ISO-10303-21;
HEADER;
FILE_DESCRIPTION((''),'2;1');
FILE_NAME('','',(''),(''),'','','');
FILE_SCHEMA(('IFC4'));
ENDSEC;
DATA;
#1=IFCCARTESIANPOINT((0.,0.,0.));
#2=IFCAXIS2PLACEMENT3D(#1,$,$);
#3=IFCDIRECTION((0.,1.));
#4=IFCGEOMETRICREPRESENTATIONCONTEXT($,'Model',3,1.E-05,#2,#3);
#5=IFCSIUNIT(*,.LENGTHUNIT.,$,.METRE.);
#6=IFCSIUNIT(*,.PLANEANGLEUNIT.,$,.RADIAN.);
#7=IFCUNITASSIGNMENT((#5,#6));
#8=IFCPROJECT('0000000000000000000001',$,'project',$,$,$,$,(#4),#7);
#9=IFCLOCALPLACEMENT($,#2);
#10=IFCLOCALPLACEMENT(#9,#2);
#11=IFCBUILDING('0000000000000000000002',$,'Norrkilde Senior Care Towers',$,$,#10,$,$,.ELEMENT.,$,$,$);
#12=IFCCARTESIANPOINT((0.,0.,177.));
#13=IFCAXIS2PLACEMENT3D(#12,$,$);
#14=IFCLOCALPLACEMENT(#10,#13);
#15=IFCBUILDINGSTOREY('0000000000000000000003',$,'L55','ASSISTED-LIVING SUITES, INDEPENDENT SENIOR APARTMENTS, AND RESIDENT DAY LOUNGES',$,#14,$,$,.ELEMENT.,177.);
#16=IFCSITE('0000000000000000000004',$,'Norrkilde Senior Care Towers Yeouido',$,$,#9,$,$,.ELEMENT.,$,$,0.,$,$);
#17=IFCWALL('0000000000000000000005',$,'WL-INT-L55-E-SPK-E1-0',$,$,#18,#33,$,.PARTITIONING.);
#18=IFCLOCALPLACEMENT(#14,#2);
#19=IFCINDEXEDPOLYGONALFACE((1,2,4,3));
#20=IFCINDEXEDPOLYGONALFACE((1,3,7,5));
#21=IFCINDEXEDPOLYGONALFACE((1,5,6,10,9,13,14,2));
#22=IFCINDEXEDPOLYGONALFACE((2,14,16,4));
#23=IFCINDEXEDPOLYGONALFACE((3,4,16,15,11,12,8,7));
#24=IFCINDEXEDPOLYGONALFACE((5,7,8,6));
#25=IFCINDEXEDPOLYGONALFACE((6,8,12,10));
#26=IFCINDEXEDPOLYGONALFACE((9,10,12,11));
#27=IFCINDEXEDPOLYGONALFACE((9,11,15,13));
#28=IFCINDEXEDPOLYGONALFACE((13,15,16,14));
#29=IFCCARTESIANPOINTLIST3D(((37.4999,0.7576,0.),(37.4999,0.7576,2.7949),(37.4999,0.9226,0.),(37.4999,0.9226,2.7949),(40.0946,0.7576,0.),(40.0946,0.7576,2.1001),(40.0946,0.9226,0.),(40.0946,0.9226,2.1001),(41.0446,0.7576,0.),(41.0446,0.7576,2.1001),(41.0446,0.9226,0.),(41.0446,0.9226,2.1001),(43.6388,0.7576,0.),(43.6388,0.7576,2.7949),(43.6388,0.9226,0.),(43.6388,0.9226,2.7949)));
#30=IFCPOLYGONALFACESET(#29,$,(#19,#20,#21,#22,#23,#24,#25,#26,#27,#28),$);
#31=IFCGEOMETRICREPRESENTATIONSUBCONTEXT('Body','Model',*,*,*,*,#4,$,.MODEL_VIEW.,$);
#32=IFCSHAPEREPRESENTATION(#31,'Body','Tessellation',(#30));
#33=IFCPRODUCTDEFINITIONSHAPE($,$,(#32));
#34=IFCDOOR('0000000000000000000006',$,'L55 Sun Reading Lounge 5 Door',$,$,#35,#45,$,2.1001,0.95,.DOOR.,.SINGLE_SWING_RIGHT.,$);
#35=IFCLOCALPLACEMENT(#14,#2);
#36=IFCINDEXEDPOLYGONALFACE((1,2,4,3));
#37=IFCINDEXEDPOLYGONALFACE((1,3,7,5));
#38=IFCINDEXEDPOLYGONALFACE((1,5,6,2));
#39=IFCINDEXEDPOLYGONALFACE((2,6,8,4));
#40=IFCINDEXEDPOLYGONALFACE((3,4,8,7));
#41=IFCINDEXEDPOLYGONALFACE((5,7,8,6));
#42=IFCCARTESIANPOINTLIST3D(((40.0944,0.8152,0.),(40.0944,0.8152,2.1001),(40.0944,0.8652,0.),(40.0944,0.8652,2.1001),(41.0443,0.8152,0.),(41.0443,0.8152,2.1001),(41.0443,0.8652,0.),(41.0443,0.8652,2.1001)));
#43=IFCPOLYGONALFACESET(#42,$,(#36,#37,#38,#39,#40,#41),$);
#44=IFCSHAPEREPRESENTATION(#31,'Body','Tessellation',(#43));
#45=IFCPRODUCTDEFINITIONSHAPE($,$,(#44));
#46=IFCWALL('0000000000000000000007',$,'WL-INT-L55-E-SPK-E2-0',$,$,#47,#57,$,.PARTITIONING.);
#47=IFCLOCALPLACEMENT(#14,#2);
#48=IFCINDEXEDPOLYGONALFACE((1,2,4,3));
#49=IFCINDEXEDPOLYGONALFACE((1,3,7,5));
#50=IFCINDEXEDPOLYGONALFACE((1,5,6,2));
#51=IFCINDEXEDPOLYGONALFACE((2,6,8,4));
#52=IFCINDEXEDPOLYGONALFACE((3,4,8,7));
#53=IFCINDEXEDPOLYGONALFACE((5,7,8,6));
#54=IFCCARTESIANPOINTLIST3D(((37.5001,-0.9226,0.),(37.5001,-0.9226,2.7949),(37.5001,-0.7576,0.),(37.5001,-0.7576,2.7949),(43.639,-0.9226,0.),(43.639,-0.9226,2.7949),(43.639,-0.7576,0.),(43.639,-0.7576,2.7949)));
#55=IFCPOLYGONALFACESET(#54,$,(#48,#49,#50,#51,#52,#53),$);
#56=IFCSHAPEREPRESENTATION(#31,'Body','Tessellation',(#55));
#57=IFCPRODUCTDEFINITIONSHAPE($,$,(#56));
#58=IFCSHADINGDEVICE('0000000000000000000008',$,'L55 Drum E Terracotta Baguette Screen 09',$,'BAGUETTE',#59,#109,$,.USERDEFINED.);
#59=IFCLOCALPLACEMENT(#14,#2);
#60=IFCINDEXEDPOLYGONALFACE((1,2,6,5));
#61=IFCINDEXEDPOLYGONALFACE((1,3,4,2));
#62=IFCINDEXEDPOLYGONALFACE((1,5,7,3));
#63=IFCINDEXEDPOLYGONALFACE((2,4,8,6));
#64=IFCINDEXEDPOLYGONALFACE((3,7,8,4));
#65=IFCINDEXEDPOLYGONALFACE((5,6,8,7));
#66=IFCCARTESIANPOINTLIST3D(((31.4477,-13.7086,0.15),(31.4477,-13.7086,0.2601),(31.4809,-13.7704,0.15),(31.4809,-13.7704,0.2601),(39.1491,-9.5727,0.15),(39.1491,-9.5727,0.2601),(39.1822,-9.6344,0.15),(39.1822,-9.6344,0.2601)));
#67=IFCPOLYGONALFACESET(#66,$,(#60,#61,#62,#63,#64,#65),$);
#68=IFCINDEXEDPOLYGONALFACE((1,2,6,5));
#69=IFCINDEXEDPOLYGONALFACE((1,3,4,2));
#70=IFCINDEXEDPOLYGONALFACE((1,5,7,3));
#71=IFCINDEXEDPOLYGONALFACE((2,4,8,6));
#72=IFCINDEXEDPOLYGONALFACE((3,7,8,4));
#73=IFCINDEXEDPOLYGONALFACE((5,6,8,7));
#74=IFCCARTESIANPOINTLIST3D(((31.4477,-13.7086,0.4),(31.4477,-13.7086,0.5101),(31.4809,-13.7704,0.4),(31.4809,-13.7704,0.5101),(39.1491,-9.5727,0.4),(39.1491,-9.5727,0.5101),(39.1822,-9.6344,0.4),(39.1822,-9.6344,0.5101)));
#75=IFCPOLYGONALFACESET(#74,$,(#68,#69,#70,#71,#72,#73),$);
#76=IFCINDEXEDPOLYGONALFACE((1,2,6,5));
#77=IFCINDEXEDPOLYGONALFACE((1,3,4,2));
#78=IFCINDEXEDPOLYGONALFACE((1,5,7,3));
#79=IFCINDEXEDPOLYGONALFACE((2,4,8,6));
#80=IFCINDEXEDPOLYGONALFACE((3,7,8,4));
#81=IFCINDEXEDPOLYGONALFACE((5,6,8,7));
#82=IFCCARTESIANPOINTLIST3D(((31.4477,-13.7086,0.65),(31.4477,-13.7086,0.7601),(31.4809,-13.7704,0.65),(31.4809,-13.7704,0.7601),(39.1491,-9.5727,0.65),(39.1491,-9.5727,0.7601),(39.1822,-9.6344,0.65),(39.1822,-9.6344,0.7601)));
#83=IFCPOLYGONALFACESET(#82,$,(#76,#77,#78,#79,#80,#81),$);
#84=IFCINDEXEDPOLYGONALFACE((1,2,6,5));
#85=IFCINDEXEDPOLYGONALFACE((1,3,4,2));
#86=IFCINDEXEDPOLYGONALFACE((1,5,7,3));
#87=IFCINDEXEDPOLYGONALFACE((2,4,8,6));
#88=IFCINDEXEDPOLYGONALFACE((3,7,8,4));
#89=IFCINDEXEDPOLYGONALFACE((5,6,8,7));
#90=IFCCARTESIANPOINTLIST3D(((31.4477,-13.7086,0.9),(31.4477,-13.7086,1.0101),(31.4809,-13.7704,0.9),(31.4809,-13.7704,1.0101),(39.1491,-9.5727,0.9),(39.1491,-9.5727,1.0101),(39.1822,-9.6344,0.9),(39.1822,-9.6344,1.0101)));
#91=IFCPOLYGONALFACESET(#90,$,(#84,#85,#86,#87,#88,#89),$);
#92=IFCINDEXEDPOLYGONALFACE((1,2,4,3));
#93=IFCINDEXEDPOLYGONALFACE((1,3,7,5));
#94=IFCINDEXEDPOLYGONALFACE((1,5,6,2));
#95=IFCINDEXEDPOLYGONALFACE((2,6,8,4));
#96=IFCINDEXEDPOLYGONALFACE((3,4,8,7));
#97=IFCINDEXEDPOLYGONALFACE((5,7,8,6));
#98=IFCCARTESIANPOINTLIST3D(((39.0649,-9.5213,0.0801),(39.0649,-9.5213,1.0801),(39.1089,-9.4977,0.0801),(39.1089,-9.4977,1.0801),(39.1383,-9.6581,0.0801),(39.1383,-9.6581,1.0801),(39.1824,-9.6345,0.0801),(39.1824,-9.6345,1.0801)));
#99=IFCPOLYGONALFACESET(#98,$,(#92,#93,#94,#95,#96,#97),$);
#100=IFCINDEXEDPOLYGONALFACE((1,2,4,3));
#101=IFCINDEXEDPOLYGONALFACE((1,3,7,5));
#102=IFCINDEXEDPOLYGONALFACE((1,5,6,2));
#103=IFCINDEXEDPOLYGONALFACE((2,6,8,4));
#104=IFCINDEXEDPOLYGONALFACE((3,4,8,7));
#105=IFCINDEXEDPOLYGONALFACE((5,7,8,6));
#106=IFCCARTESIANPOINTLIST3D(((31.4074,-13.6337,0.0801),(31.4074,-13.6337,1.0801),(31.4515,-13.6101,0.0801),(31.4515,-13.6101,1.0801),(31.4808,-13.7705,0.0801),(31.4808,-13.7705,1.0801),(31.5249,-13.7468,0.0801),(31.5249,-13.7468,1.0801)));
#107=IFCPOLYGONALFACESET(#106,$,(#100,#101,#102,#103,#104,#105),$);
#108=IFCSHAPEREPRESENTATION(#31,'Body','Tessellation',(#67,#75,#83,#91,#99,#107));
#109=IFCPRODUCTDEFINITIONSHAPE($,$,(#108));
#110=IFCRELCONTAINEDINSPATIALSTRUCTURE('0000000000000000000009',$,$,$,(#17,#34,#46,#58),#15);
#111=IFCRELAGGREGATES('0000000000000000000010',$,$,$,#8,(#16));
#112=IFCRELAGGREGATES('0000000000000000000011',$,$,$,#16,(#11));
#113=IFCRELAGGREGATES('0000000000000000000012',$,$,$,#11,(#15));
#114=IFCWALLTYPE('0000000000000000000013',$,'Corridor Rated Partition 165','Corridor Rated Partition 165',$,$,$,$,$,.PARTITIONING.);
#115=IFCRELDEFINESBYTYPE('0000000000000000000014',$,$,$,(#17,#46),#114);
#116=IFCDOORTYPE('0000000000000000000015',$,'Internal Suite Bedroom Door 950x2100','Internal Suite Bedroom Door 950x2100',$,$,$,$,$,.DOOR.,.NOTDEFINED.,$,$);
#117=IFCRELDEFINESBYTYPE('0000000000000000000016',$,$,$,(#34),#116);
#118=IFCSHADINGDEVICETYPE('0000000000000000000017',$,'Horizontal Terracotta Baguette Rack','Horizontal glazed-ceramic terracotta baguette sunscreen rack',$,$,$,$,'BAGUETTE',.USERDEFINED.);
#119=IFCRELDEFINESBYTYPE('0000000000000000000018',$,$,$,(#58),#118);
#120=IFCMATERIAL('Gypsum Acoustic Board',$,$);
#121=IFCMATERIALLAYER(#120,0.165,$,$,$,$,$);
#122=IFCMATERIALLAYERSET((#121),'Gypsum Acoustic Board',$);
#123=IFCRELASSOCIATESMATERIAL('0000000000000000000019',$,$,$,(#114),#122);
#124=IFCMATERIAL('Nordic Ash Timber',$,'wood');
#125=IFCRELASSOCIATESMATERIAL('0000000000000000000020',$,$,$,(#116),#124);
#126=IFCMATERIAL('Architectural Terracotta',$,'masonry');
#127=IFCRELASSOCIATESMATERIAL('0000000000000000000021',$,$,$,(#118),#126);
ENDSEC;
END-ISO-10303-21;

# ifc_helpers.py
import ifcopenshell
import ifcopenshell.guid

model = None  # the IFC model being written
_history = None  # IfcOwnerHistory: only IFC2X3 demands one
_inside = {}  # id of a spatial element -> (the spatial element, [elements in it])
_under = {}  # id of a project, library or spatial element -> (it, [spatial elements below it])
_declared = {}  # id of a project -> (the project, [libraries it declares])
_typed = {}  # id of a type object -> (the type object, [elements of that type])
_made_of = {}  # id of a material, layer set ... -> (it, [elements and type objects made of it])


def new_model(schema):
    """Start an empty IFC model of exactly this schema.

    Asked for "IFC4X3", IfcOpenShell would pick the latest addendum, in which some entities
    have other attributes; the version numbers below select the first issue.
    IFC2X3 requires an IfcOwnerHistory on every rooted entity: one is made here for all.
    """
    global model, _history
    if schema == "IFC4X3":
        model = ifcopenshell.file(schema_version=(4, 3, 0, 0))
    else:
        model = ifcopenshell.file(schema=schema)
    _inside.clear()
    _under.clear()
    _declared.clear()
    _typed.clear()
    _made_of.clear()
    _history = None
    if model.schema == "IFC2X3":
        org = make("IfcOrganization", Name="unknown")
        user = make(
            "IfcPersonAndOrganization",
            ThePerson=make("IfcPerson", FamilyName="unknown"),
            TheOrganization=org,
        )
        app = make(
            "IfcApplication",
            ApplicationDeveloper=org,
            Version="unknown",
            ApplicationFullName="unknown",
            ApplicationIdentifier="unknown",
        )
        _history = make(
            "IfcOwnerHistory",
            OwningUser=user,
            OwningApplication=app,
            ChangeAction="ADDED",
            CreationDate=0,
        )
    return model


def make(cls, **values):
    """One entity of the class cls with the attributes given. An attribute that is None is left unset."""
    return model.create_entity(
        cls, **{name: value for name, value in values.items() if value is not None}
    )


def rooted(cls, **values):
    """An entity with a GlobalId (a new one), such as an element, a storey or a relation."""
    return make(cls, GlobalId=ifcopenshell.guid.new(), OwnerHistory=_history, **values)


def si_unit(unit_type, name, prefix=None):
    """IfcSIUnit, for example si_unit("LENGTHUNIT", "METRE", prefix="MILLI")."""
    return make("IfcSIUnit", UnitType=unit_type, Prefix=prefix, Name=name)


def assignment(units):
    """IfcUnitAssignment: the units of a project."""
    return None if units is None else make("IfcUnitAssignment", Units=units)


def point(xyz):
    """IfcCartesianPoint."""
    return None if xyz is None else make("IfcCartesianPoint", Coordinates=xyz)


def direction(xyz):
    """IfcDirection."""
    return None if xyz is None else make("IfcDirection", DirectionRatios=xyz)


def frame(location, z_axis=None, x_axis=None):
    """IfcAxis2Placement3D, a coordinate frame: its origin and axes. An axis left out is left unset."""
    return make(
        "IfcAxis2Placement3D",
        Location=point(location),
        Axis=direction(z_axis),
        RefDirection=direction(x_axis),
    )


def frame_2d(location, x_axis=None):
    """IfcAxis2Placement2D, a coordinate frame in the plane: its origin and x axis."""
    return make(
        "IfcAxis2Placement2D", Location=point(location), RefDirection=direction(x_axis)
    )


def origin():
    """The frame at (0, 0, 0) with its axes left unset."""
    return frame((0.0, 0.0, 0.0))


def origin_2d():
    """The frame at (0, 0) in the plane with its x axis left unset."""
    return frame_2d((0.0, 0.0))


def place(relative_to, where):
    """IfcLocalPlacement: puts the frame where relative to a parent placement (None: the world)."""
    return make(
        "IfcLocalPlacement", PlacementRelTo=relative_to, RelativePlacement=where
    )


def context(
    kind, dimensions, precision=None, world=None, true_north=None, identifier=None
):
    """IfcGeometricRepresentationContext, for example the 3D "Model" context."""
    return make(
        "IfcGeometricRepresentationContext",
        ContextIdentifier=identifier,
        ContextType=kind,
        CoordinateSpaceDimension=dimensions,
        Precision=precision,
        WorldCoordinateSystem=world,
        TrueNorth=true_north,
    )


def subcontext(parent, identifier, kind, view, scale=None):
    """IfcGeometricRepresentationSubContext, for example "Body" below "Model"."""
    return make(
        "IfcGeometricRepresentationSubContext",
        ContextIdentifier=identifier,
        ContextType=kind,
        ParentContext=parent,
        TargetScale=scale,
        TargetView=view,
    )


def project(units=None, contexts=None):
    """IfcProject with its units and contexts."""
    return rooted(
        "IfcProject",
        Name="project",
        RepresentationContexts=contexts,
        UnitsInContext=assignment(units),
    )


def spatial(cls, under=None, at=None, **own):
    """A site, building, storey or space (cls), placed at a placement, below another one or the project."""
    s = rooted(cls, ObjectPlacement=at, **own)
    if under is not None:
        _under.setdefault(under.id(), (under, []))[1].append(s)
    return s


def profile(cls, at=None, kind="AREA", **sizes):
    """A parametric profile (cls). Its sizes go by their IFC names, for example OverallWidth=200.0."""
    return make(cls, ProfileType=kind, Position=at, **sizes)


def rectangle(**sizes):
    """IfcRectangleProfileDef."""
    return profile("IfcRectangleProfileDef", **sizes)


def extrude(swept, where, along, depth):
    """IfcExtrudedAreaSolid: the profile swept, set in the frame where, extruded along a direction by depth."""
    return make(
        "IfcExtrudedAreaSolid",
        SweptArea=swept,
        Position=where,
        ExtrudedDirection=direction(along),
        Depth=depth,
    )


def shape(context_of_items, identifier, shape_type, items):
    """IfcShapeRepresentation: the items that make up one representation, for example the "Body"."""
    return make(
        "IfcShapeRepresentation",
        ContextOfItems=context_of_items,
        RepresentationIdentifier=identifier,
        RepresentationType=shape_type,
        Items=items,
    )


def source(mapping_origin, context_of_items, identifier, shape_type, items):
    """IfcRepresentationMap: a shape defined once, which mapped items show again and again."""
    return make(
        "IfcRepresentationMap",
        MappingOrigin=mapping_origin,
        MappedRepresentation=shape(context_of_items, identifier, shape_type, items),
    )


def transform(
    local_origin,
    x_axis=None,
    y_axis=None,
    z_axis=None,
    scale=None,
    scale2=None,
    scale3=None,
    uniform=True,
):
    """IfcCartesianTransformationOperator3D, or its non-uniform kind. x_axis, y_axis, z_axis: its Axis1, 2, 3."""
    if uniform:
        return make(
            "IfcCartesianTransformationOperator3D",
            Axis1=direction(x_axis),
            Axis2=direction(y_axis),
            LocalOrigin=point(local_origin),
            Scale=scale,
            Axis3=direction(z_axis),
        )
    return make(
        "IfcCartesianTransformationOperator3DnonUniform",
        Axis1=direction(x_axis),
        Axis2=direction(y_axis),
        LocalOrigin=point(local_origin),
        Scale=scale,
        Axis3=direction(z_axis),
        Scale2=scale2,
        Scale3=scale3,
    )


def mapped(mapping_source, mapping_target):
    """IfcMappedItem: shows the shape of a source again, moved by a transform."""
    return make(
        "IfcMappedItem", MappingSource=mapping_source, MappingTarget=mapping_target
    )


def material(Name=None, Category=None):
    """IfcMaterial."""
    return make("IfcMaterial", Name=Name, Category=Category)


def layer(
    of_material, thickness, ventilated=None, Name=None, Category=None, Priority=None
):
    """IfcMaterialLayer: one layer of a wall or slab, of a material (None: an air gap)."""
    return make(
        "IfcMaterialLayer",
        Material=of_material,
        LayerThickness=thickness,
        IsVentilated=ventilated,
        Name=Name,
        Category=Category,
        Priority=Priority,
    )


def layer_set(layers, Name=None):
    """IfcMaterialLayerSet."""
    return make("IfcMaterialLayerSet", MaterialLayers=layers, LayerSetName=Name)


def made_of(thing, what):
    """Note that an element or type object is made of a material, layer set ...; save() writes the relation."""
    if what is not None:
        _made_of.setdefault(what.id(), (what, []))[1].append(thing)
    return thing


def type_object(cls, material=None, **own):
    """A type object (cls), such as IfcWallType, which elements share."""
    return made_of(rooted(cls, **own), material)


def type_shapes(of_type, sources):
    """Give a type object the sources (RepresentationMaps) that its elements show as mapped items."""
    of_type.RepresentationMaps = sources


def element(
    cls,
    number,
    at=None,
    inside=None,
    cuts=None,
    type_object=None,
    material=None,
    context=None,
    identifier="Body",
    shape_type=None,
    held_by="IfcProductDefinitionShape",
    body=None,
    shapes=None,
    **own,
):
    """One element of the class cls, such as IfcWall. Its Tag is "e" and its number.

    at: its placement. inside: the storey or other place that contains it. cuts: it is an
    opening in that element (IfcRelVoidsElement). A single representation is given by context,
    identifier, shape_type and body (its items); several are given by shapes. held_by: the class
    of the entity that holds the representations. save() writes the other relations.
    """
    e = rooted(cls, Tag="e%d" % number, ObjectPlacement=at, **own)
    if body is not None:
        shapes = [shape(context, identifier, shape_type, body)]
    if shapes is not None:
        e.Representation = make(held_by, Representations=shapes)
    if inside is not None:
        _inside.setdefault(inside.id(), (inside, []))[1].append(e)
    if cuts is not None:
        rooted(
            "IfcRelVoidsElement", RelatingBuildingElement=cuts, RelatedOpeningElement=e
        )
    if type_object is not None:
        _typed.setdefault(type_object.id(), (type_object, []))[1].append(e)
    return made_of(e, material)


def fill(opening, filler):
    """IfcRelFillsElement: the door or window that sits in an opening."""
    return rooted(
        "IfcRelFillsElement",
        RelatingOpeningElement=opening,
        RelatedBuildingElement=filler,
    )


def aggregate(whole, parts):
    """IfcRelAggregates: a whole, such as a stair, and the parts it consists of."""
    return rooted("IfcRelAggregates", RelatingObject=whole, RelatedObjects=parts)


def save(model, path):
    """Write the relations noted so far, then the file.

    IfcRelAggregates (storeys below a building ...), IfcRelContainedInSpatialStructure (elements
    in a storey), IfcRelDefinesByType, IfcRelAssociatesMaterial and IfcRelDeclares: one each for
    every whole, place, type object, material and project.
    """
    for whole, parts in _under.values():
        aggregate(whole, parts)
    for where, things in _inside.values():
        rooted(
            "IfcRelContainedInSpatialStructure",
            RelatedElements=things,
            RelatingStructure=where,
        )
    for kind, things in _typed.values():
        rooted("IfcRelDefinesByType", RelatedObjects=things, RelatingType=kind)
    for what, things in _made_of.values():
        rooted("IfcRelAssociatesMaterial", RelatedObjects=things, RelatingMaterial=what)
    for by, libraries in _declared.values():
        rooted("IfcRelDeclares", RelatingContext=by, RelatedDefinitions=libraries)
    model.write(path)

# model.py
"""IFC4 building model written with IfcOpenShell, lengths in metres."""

from ifc_helpers import new_model, si_unit, direction, frame, frame_2d, origin, origin_2d, place, context, subcontext, project, spatial, rectangle, extrude, source, transform, mapped, material, layer, layer_set, type_object, type_shapes, element, fill, save


model = new_model("IFC4")

# Units and contexts
model_context = context("Model", 3, precision=1e-05, world=origin(), true_north=direction((0.0, 1.0)))
body_context = subcontext(model_context, "Body", "Model", "MODEL_VIEW")
ifc_project = project(units=[si_unit("LENGTHUNIT", "METRE"), si_unit("PLANEANGLEUNIT", "RADIAN")], contexts=[model_context])

# Site, building, storey
site_placement = place(None, origin())
site = spatial("IfcSite", under=ifc_project, at=site_placement, Name="Norrkilde Senior Care Towers Yeouido", CompositionType="ELEMENT", RefElevation=0.0)
building_placement = place(site_placement, origin())
building = spatial("IfcBuilding", under=site, at=building_placement, Name="Norrkilde Senior Care Towers", CompositionType="ELEMENT")
storey_placement = place(building_placement, frame((0.0, 0.0, 177.0)))
storey = spatial("IfcBuildingStorey", under=building, at=storey_placement, Name="L55", Description="ASSISTED-LIVING SUITES, INDEPENDENT SENIOR APARTMENTS, AND RESIDENT DAY LOUNGES", CompositionType="ELEMENT", Elevation=177.0)

# Shared definitions
ifc_material_1 = material(Name="Gypsum Acoustic Board")
ifc_layer_1 = layer(ifc_material_1, 0.165)
ifc_layer_set_1 = layer_set([ifc_layer_1], Name="Gypsum Acoustic Board")
wall_type = type_object("IfcWallType", Name="Corridor Rated Partition 165", Description="Corridor Rated Partition 165", PredefinedType="PARTITIONING", material=ifc_layer_set_1)

# Shared definitions
ifc_material_2 = material(Name="Nordic Ash Timber", Category="wood")

# Wall, opening, door
shared_shape_1 = source(origin(), body_context, "Body", "SweptSolid", [
    extrude(rectangle(XDim=6.1389, YDim=0.165, at=frame_2d((3.0693, 0.0))), origin(), (0.0, 0.0, 1.0), 2.7949),
])
wall_1_placement = place(storey_placement, frame((37.5, 0.8401, 0.0), z_axis=(0.0, 0.0, 1.0), x_axis=(1.0, 0.0, 0.0)))
wall_1 = element("IfcWall", 1, at=wall_1_placement, inside=storey, type_object=wall_type, Name="WL-INT-L55-E-SPK-E1-0", PredefinedType="PARTITIONING", context=body_context, shape_type="MappedRepresentation", body=[
    mapped(shared_shape_1, transform((0.0, 0.0, 0.0), x_axis=(1.0, 0.0, 0.0), y_axis=(0.0, 1.0, 0.0), z_axis=(0.0, 0.0, 1.0), scale=1.0)),
])
opening_1_placement = place(wall_1_placement, frame((2.5945, 0.0, 0.0)))
opening_1 = element("IfcOpeningElement", 2, at=opening_1_placement, cuts=wall_1, PredefinedType="OPENING", context=body_context, shape_type="SweptSolid", body=[
    extrude(rectangle(XDim=0.95, YDim=2.1001, at=frame_2d((0.4751, 1.05))), frame((0.0, 0.0925, 0.0), z_axis=(0.0, -1.0, 0.0), x_axis=(1.0, 0.0, 0.0)), (0.0, 0.0, 1.0), 0.1851),
])
door_type_1 = type_object("IfcDoorType", Name="Internal Suite Bedroom Door 950x2100", Description="Internal Suite Bedroom Door 950x2100", OperationType="NOTDEFINED", PredefinedType="DOOR", material=ifc_material_2)
shared_shape_2 = source(origin(), body_context, "Body", "SweptSolid", [
    extrude(rectangle(XDim=0.95, YDim=2.1001, at=frame_2d((0.4751, 1.05))), frame((0.0, 0.0249, 0.0), z_axis=(0.0, -1.0, 0.0), x_axis=(1.0, 0.0, 0.0)), (0.0, 0.0, 1.0), 0.05),
])
type_shapes(door_type_1, [shared_shape_2])
door_1_placement = place(opening_1_placement, frame((0.95, 0.0, 0.0), z_axis=(0.0, 0.0, 1.0), x_axis=(-1.0, 0.0, 0.0)))
door_1 = element("IfcDoor", 3, at=door_1_placement, inside=storey, type_object=door_type_1, Name="L55 Sun Reading Lounge 5 Door", OperationType="SINGLE_SWING_RIGHT", OverallHeight=2.1001, OverallWidth=0.95, PredefinedType="DOOR", context=body_context, shape_type="MappedRepresentation", body=[
    mapped(shared_shape_2, transform((0.0, 0.0, 0.0), x_axis=(1.0, 0.0, 0.0), y_axis=(0.0, 1.0, 0.0), z_axis=(0.0, 0.0, 1.0), scale=1.0)),
])
fill(opening_1, door_1)

# Wall
wall_2_placement = place(storey_placement, frame((43.6389, -0.8401, 0.0), z_axis=(0.0, 0.0, 1.0), x_axis=(-1.0, 0.0, 0.0)))
element("IfcWall", 4, at=wall_2_placement, inside=storey, type_object=wall_type, Name="WL-INT-L55-E-SPK-E2-0", PredefinedType="PARTITIONING", context=body_context, shape_type="MappedRepresentation", body=[
    mapped(shared_shape_1, transform((0.0, 0.0, 0.0), x_axis=(1.0, 0.0, 0.0), y_axis=(0.0, 1.0, 0.0), z_axis=(0.0, 0.0, 1.0), scale=1.0)),
])

# Shading device
ifc_material_3 = material(Name="Architectural Terracotta", Category="masonry")
shading_device_type = type_object("IfcShadingDeviceType", Name="Horizontal Terracotta Baguette Rack", Description="Horizontal glazed-ceramic terracotta baguette sunscreen rack", ElementType="BAGUETTE", PredefinedType="USERDEFINED", material=ifc_material_3)
shared_shape_3 = source(origin(), body_context, "Body", "SweptSolid", [
    extrude(rectangle(XDim=0.0701, YDim=0.1101, at=origin_2d()), frame((0.0, 0.0901, 0.125), z_axis=(1.0, 0.0, 0.0), x_axis=(0.0, 1.0, 0.0)), (0.0, 0.0, 1.0), 8.7417),
    extrude(rectangle(XDim=0.0701, YDim=0.1101, at=origin_2d()), frame((0.0, 0.0901, 0.375), z_axis=(1.0, 0.0, 0.0), x_axis=(0.0, 1.0, 0.0)), (0.0, 0.0, 1.0), 8.7417),
    extrude(rectangle(XDim=0.0701, YDim=0.1101, at=origin_2d()), frame((0.0, 0.0901, 0.625), z_axis=(1.0, 0.0, 0.0), x_axis=(0.0, 1.0, 0.0)), (0.0, 0.0, 1.0), 8.7417),
    extrude(rectangle(XDim=0.0701, YDim=0.1101, at=origin_2d()), frame((0.0, 0.0901, 0.875), z_axis=(1.0, 0.0, 0.0), x_axis=(0.0, 1.0, 0.0)), (0.0, 0.0, 1.0), 8.7417),
    extrude(rectangle(XDim=0.05, YDim=0.1553, at=origin_2d()), frame((0.0249, 0.0476, 0.0)), (0.0, 0.0, 1.0), 1.0),
    extrude(rectangle(XDim=0.05, YDim=0.1553, at=origin_2d()), frame((8.7168, 0.0476, 0.0)), (0.0, 0.0, 1.0), 1.0),
])
type_shapes(shading_device_type, [shared_shape_3])
shading_device_placement = place(storey_placement, frame((39.123, -9.5242, 0.0801), z_axis=(0.0, 0.0, 1.0), x_axis=(-0.880998, -0.473133, 0.0)))
element("IfcShadingDevice", 5, at=shading_device_placement, inside=storey, type_object=shading_device_type, Name="L55 Drum E Terracotta Baguette Screen 09", ObjectType="BAGUETTE", PredefinedType="USERDEFINED", context=body_context, shape_type="MappedRepresentation", body=[
    mapped(shared_shape_3, transform((0.0, 0.0, 0.0), x_axis=(1.0, 0.0, 0.0), y_axis=(0.0, 1.0, 0.0), z_axis=(0.0, 0.0, 1.0), scale=1.0)),
])

save(model, "model.ifc")
